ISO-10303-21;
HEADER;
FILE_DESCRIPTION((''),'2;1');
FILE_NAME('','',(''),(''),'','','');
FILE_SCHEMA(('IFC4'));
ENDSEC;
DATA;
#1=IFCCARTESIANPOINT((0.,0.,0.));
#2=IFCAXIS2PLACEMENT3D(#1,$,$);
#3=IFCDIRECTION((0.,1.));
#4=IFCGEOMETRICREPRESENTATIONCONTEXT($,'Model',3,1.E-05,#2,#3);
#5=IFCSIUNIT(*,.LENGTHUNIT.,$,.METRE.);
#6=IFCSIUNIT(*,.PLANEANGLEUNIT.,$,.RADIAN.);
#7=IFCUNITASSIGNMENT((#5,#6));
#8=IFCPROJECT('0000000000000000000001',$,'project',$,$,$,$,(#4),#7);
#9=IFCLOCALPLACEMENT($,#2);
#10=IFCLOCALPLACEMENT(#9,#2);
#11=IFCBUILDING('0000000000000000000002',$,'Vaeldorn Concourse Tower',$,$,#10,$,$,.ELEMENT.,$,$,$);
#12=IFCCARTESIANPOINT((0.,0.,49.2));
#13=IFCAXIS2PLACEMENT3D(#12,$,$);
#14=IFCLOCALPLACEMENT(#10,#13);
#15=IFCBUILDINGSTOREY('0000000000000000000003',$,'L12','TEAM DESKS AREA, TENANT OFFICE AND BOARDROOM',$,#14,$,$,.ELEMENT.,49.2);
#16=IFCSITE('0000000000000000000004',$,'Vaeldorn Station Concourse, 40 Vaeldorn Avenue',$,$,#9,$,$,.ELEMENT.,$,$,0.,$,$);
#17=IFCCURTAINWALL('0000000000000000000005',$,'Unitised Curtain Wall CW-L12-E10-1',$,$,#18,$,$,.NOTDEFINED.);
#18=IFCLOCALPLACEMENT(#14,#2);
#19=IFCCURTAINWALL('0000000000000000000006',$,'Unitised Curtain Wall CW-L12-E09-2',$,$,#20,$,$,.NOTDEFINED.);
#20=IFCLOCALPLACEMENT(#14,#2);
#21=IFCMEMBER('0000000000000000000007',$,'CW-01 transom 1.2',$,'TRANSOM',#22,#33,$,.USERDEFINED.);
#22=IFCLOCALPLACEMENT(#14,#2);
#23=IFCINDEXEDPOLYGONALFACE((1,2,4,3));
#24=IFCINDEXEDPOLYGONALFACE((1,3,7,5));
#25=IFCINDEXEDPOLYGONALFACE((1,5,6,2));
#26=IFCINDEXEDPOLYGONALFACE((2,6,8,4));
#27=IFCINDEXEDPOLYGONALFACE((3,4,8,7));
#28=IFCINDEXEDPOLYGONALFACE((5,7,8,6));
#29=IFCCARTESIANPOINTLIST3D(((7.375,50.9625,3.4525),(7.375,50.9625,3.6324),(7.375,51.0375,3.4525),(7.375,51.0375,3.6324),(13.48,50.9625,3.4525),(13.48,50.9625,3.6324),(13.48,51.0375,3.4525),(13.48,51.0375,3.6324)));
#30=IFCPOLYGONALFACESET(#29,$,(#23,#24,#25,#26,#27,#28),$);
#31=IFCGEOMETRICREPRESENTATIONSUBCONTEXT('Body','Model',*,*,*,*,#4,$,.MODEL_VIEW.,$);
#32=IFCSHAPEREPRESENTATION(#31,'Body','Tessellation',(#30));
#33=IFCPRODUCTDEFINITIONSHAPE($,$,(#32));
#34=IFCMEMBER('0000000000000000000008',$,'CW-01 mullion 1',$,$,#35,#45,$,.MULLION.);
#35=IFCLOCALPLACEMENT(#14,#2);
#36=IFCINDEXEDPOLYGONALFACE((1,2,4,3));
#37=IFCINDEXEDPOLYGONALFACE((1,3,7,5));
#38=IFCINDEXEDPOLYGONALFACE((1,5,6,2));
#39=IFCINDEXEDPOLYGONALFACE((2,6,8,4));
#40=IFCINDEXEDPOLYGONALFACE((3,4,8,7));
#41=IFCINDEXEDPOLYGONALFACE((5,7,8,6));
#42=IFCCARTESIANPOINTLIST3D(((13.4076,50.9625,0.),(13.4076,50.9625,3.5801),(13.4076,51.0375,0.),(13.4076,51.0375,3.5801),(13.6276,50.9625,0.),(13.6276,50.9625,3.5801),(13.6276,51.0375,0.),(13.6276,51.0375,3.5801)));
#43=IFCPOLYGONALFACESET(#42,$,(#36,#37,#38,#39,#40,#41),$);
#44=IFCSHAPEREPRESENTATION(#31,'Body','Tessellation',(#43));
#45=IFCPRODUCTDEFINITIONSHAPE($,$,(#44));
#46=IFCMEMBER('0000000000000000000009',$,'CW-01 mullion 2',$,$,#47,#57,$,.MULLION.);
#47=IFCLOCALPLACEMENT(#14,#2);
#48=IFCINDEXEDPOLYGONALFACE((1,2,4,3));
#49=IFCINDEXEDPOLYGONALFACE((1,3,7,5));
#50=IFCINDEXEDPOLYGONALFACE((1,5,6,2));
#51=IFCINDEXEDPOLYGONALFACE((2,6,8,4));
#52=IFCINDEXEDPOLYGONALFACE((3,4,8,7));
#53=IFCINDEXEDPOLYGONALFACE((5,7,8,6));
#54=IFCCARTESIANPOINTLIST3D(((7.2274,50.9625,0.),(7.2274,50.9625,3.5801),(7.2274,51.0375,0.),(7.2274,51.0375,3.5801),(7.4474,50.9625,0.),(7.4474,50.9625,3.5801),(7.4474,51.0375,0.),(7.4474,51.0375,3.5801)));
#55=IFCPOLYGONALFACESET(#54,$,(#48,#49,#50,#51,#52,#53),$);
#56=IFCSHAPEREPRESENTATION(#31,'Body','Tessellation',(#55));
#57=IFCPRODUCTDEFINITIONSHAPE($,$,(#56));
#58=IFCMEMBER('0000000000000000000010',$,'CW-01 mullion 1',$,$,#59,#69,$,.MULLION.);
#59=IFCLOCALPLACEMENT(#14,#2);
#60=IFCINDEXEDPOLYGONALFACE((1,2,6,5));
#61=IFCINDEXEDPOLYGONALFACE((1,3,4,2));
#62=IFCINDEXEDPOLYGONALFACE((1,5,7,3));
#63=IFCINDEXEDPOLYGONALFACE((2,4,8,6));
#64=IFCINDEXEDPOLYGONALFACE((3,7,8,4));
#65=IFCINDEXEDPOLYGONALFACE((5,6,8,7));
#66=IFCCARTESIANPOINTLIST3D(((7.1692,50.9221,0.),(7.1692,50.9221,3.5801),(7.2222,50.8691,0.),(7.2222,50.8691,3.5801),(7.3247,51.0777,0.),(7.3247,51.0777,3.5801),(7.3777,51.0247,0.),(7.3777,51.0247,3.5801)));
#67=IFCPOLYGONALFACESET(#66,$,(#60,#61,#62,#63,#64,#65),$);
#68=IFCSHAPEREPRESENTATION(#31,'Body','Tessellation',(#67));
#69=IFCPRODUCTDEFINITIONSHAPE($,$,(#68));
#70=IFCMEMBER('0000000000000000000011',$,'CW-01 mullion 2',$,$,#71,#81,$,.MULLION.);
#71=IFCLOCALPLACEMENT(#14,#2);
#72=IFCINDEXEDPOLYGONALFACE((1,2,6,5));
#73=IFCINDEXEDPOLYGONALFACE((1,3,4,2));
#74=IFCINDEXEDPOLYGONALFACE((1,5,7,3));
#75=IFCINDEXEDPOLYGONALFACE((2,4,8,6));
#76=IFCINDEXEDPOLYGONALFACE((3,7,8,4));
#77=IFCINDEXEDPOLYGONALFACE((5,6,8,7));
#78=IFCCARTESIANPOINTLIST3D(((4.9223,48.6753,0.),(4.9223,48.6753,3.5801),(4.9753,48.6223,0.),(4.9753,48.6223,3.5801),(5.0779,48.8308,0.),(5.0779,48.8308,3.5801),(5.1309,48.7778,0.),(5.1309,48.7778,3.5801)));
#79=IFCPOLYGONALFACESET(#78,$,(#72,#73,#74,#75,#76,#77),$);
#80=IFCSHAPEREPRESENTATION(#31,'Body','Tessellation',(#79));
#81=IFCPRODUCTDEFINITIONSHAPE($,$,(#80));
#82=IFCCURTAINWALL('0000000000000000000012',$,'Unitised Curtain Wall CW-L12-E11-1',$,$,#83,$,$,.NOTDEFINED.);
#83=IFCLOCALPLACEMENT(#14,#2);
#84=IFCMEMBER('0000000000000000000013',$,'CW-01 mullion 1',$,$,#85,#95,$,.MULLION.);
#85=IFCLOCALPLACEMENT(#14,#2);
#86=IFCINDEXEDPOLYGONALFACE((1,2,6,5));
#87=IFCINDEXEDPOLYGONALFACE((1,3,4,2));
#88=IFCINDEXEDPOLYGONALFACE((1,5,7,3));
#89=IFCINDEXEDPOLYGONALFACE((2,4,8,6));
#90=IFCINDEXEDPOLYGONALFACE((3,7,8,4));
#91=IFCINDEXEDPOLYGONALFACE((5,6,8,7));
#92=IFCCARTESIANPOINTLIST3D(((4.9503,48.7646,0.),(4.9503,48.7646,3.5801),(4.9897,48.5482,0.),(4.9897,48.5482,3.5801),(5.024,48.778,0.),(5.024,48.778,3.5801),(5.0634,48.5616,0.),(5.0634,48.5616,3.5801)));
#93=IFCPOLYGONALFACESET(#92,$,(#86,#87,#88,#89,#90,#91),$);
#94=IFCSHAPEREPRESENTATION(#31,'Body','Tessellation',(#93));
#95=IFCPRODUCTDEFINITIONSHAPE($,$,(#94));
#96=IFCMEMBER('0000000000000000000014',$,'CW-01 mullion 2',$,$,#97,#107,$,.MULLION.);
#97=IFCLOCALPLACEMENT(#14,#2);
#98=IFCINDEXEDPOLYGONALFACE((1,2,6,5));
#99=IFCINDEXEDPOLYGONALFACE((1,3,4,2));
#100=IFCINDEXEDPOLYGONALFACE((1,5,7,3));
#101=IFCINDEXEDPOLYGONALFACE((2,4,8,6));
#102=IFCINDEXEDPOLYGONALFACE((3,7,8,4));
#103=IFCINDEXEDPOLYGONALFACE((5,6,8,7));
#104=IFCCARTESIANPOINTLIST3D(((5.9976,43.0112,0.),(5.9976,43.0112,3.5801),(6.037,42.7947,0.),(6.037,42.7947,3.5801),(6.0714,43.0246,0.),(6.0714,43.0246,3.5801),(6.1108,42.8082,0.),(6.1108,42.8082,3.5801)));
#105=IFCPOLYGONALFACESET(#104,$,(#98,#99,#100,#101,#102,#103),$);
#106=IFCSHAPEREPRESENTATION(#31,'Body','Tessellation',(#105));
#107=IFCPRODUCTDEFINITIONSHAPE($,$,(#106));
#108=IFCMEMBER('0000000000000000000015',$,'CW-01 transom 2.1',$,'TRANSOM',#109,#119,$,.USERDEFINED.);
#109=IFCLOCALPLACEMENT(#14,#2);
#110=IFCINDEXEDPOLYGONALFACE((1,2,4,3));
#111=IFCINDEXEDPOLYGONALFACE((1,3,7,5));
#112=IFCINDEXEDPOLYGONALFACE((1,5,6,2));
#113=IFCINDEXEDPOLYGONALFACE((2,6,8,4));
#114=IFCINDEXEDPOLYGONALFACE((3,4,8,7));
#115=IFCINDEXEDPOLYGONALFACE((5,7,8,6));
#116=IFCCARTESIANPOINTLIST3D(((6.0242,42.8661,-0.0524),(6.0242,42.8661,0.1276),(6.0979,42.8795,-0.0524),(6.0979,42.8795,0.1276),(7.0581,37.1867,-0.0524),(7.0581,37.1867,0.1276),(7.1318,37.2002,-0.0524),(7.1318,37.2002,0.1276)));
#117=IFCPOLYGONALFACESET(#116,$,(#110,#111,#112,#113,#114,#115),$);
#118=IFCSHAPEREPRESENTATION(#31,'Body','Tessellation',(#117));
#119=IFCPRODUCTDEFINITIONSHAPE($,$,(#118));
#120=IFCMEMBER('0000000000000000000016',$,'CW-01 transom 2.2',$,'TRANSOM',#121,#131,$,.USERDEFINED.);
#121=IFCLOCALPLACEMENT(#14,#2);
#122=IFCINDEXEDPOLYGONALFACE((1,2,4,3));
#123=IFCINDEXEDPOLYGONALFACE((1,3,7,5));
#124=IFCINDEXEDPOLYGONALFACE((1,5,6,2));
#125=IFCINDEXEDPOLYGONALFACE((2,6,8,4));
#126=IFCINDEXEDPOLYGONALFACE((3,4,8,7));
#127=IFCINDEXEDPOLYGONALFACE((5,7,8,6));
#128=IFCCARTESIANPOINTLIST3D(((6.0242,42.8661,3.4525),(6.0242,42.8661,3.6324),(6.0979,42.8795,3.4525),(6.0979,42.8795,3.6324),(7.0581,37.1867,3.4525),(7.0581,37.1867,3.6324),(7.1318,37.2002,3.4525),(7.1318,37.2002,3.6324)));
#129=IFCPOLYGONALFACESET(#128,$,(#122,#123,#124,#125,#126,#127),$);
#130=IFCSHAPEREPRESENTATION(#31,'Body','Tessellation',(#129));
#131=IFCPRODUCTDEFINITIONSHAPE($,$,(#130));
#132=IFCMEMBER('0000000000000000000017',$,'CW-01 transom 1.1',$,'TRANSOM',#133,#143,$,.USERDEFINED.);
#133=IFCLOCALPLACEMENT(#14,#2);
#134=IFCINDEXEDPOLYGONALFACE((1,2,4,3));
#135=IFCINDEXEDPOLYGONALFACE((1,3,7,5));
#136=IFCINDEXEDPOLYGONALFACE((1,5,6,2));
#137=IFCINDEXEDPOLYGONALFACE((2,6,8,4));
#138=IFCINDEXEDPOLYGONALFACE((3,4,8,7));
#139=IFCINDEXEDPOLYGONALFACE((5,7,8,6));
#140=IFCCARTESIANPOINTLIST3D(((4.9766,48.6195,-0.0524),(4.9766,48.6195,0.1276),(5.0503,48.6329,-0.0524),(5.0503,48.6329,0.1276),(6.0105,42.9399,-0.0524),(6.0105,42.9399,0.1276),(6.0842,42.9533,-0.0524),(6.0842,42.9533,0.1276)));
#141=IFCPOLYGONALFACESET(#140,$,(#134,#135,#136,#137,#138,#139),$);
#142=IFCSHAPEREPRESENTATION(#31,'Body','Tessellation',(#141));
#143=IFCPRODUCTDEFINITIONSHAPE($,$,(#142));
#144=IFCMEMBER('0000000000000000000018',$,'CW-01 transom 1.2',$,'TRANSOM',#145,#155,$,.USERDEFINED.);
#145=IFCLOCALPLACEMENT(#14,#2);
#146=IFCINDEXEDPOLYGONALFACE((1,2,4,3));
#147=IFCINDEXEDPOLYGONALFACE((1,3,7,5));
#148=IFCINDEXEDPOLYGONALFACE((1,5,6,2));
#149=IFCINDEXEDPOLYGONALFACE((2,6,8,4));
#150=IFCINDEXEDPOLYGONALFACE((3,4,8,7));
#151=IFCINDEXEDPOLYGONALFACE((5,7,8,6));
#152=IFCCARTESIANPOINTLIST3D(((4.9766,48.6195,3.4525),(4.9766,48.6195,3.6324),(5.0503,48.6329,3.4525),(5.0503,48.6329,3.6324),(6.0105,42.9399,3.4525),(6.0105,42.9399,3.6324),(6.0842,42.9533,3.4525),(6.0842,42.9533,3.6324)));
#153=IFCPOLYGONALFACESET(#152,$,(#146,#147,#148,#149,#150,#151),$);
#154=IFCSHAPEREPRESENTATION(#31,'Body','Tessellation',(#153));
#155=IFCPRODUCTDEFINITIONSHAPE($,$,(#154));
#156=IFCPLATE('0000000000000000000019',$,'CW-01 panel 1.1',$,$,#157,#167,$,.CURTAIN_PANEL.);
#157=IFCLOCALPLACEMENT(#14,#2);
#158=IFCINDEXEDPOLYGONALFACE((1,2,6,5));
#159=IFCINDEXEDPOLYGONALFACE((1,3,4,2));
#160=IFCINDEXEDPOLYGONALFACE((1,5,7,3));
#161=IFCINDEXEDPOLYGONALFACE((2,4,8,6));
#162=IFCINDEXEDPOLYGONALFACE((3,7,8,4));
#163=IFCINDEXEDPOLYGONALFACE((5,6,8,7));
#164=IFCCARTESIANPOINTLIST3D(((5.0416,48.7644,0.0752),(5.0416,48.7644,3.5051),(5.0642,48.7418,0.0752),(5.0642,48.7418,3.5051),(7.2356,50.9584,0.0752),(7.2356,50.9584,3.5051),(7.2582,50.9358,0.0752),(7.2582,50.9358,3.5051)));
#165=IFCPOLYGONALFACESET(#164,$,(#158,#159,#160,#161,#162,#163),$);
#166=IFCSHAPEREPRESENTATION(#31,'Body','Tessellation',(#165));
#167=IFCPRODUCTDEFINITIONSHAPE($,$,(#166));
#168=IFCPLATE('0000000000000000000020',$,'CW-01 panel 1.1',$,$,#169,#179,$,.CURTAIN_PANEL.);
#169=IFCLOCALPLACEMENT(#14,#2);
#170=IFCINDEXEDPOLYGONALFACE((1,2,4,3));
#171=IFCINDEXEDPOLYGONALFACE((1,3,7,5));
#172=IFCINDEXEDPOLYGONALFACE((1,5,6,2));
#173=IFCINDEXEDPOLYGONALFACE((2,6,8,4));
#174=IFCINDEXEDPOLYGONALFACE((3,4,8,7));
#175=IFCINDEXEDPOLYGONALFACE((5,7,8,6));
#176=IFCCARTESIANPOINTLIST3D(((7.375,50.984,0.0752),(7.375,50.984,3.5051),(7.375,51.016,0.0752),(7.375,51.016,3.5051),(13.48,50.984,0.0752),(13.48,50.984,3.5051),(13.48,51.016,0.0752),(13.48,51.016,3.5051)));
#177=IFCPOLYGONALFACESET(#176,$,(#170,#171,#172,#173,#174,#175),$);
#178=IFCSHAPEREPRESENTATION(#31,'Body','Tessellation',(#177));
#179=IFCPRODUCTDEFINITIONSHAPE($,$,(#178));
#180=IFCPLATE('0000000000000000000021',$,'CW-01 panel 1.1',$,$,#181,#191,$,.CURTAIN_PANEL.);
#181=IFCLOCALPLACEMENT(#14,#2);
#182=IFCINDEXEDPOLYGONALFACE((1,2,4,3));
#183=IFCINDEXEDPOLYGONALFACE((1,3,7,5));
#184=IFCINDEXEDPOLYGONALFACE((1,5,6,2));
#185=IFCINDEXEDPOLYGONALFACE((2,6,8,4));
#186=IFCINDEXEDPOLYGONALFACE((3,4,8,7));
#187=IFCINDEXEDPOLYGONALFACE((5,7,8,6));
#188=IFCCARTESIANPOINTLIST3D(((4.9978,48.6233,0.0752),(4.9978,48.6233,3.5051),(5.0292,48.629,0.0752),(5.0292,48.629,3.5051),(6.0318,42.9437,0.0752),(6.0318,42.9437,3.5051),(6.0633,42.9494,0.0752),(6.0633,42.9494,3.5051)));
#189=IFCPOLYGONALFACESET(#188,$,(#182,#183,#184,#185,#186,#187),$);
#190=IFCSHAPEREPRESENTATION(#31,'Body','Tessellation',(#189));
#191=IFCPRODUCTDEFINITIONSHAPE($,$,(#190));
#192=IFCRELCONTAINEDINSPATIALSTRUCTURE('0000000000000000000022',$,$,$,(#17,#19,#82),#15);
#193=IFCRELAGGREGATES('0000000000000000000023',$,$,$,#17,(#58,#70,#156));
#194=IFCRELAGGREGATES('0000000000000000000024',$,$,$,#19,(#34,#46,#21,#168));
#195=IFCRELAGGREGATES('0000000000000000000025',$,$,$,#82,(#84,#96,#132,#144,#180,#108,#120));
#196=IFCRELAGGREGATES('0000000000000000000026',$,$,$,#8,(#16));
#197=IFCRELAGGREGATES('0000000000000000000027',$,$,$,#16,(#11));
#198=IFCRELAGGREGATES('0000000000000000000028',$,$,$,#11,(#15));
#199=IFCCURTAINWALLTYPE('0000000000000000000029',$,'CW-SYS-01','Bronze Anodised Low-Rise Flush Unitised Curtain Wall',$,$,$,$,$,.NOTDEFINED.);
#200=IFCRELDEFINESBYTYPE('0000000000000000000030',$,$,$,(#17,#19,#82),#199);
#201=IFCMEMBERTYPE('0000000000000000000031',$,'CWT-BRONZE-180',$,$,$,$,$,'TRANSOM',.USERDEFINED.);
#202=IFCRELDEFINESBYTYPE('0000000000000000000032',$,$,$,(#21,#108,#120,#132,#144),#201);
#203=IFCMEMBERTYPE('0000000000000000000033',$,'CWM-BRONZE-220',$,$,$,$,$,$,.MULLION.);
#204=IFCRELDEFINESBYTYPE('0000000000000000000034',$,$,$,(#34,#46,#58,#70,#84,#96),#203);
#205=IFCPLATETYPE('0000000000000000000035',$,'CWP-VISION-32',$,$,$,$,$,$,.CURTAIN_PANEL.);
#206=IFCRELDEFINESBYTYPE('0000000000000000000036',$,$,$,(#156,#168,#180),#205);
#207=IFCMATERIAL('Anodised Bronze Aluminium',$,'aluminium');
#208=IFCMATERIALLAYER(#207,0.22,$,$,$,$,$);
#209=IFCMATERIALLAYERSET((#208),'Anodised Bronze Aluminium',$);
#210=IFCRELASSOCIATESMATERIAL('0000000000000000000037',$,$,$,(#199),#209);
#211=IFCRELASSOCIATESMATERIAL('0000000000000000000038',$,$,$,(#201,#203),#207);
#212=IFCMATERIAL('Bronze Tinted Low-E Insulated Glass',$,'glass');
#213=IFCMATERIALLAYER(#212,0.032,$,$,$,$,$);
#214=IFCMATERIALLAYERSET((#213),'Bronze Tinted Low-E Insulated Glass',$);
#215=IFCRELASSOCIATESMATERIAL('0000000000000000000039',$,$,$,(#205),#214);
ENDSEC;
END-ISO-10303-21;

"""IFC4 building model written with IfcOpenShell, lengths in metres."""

from ifc_helpers import new_model, si_unit, direction, frame, origin, origin_2d, place, context, subcontext, project, spatial, rectangle, extrude, source, transform, mapped, material, layer, layer_set, material_profile, profile_set, type_object, element, aggregate, save


model = new_model("IFC4")

# Units and contexts
model_context = context("Model", 3, precision=1e-05, world=origin(), true_north=direction((0.0, 1.0)))
body_context = subcontext(model_context, "Body", "Model", "MODEL_VIEW")
ifc_project = project(units=[si_unit("LENGTHUNIT", "METRE"), si_unit("PLANEANGLEUNIT", "RADIAN")], contexts=[model_context])

# Site, building, storey
site_placement = place(None, origin())
site = spatial("IfcSite", under=ifc_project, at=site_placement, Name="Vaeldorn Station Concourse, 40 Vaeldorn Avenue", CompositionType="ELEMENT", RefElevation=0.0)
building_placement = place(site_placement, origin())
building = spatial("IfcBuilding", under=site, at=building_placement, Name="Vaeldorn Concourse Tower", CompositionType="ELEMENT")
storey_placement = place(building_placement, frame((0.0, 0.0, 49.2)))
storey = spatial("IfcBuildingStorey", under=building, at=storey_placement, Name="L12", Description="TEAM DESKS AREA, TENANT OFFICE AND BOARDROOM", CompositionType="ELEMENT", Elevation=49.2)

# Curtain walls, members
ifc_material_1 = material(Name="Anodised Bronze Aluminium", Category="aluminium")
ifc_layer_1 = layer(ifc_material_1, 0.22)
ifc_layer_set_1 = layer_set([ifc_layer_1], Name="Anodised Bronze Aluminium")
curtain_wall_type = type_object("IfcCurtainWallType", Name="CW-SYS-01", Description="Bronze Anodised Low-Rise Flush Unitised Curtain Wall", PredefinedType="NOTDEFINED", material=ifc_layer_set_1)
curtain_wall_1_placement = place(storey_placement, origin())
curtain_wall_1 = element("IfcCurtainWall", 1, at=curtain_wall_1_placement, inside=storey, type_object=curtain_wall_type, Name="Unitised Curtain Wall CW-L12-E10-1", PredefinedType="NOTDEFINED")
ifc_material_profile_1 = material_profile(ifc_material_1, rectangle(XDim=0.075, YDim=0.1799, at=origin_2d()), Name="CWT 75x180")
ifc_profile_set_1 = profile_set([ifc_material_profile_1], Name="Anodised Bronze Aluminium")
member_type_1 = type_object("IfcMemberType", Name="CWT-BRONZE-180", ElementType="TRANSOM", PredefinedType="USERDEFINED", material=ifc_profile_set_1)
curtain_wall_2_placement = place(storey_placement, origin())
curtain_wall_2 = element("IfcCurtainWall", 2, at=curtain_wall_2_placement, inside=storey, type_object=curtain_wall_type, Name="Unitised Curtain Wall CW-L12-E09-2", PredefinedType="NOTDEFINED")
shared_shape_1 = source(origin(), body_context, "Body", "SweptSolid", [
    extrude(rectangle(XDim=0.075, YDim=0.1799, at=origin_2d()), origin(), (0.0, 0.0, 1.0), 6.105),
])
member_1_placement = place(storey_placement, frame((13.48, 51.0, 3.5425), z_axis=(-1.0, 0.0, 0.0), x_axis=(0.0, -1.0, 0.0)))
member_1 = element("IfcMember", 3, at=member_1_placement, type_object=member_type_1, Name="CW-01 transom 1.2", ObjectType="TRANSOM", PredefinedType="USERDEFINED", context=body_context, shape_type="MappedRepresentation", body=[
    mapped(shared_shape_1, transform((0.0, 0.0, 0.0), scale=1.0)),
])
ifc_material_profile_2 = material_profile(ifc_material_1, rectangle(XDim=0.075, YDim=0.22, at=origin_2d()), Name="CWM 75x220")
ifc_profile_set_2 = profile_set([ifc_material_profile_2], Name="Anodised Bronze Aluminium")
member_type_2 = type_object("IfcMemberType", Name="CWM-BRONZE-220", PredefinedType="MULLION", material=ifc_profile_set_2)
shared_shape_2 = source(origin(), body_context, "Body", "SweptSolid", [
    extrude(rectangle(XDim=0.075, YDim=0.22, at=origin_2d()), origin(), (0.0, 0.0, 1.0), 3.5801),
])
member_2_placement = place(storey_placement, frame((13.5176, 51.0, 0.0), z_axis=(0.0, 0.0, 1.0), x_axis=(0.0, -1.0, 0.0)))
member_2 = element("IfcMember", 4, at=member_2_placement, type_object=member_type_2, Name="CW-01 mullion 1", PredefinedType="MULLION", context=body_context, shape_type="MappedRepresentation", body=[
    mapped(shared_shape_2, transform((0.0, 0.0, 0.0), scale=1.0)),
])
member_3_placement = place(storey_placement, frame((7.3374, 51.0, 0.0), z_axis=(0.0, 0.0, 1.0), x_axis=(0.0, -1.0, 0.0)))
member_3 = element("IfcMember", 5, at=member_3_placement, type_object=member_type_2, Name="CW-01 mullion 2", PredefinedType="MULLION", context=body_context, shape_type="MappedRepresentation", body=[
    mapped(shared_shape_2, transform((0.0, 0.0, 0.0), scale=1.0)),
])

# Members
member_4_placement = place(storey_placement, frame((7.2734, 50.9734, 0.0), z_axis=(0.0, 0.0, 1.0), x_axis=(0.707107, -0.707107, 0.0)))
member_4 = element("IfcMember", 6, at=member_4_placement, type_object=member_type_2, Name="CW-01 mullion 1", PredefinedType="MULLION", context=body_context, shape_type="MappedRepresentation", body=[
    mapped(shared_shape_2, transform((0.0, 0.0, 0.0), scale=1.0)),
])
member_5_placement = place(storey_placement, frame((5.0266, 48.7266, 0.0), z_axis=(0.0, 0.0, 1.0), x_axis=(0.707107, -0.707107, 0.0)))
member_5 = element("IfcMember", 7, at=member_5_placement, type_object=member_type_2, Name="CW-01 mullion 2", PredefinedType="MULLION", context=body_context, shape_type="MappedRepresentation", body=[
    mapped(shared_shape_2, transform((0.0, 0.0, 0.0), scale=1.0)),
])

# Curtain wall, members
curtain_wall_3_placement = place(storey_placement, origin())
curtain_wall_3 = element("IfcCurtainWall", 8, at=curtain_wall_3_placement, inside=storey, type_object=curtain_wall_type, Name="Unitised Curtain Wall CW-L12-E11-1", PredefinedType="NOTDEFINED")
member_6_placement = place(storey_placement, frame((5.0068, 48.6631, 0.0), z_axis=(0.0, 0.0, 1.0), x_axis=(0.983827, 0.17912, 0.0)))
member_6 = element("IfcMember", 9, at=member_6_placement, type_object=member_type_2, Name="CW-01 mullion 1", PredefinedType="MULLION", context=body_context, shape_type="MappedRepresentation", body=[
    mapped(shared_shape_2, transform((0.0, 0.0, 0.0), scale=1.0)),
])
member_7_placement = place(storey_placement, frame((6.0542, 42.9097, 0.0), z_axis=(0.0, 0.0, 1.0), x_axis=(0.983827, 0.17912, 0.0)))
member_7 = element("IfcMember", 10, at=member_7_placement, type_object=member_type_2, Name="CW-01 mullion 2", PredefinedType="MULLION", context=body_context, shape_type="MappedRepresentation", body=[
    mapped(shared_shape_2, transform((0.0, 0.0, 0.0), scale=1.0)),
])
shared_shape_3 = source(origin(), body_context, "Body", "SweptSolid", [
    extrude(rectangle(XDim=0.075, YDim=0.1799, at=origin_2d()), origin(), (0.0, 0.0, 1.0), 5.7727),
])
member_8_placement = place(storey_placement, frame((6.061, 42.8728, 0.0376), z_axis=(0.179105, -0.98383, 0.0), x_axis=(0.98383, 0.179105, 0.0)))
member_8 = element("IfcMember", 11, at=member_8_placement, type_object=member_type_1, Name="CW-01 transom 2.1", ObjectType="TRANSOM", PredefinedType="USERDEFINED", context=body_context, shape_type="MappedRepresentation", body=[
    mapped(shared_shape_3, transform((0.0, 0.0, 0.0), scale=1.0)),
])
member_9_placement = place(storey_placement, frame((6.061, 42.8728, 3.5425), z_axis=(0.179105, -0.98383, 0.0), x_axis=(0.98383, 0.179105, 0.0)))
member_9 = element("IfcMember", 12, at=member_9_placement, type_object=member_type_1, Name="CW-01 transom 2.2", ObjectType="TRANSOM", PredefinedType="USERDEFINED", context=body_context, shape_type="MappedRepresentation", body=[
    mapped(shared_shape_3, transform((0.0, 0.0, 0.0), scale=1.0)),
])
shared_shape_4 = source(origin(), body_context, "Body", "SweptSolid", [
    extrude(rectangle(XDim=0.075, YDim=0.1799, at=origin_2d()), origin(), (0.0, 0.0, 1.0), 5.7729),
])
member_10_placement = place(storey_placement, frame((5.0134, 48.6262, 0.0376), z_axis=(0.179098, -0.983831, 0.0), x_axis=(0.983831, 0.179098, 0.0)))
member_10 = element("IfcMember", 13, at=member_10_placement, type_object=member_type_1, Name="CW-01 transom 1.1", ObjectType="TRANSOM", PredefinedType="USERDEFINED", context=body_context, shape_type="MappedRepresentation", body=[
    mapped(shared_shape_4, transform((0.0, 0.0, 0.0), scale=1.0)),
])
member_11_placement = place(storey_placement, frame((5.0134, 48.6262, 3.5425), z_axis=(0.179098, -0.983831, 0.0), x_axis=(0.983831, 0.179098, 0.0)))
member_11 = element("IfcMember", 14, at=member_11_placement, type_object=member_type_1, Name="CW-01 transom 1.2", ObjectType="TRANSOM", PredefinedType="USERDEFINED", context=body_context, shape_type="MappedRepresentation", body=[
    mapped(shared_shape_4, transform((0.0, 0.0, 0.0), scale=1.0)),
])

# Plates
ifc_material_2 = material(Name="Bronze Tinted Low-E Insulated Glass", Category="glass")
ifc_layer_2 = layer(ifc_material_2, 0.032)
ifc_layer_set_2 = layer_set([ifc_layer_2], Name="Bronze Tinted Low-E Insulated Glass")
plate_type = type_object("IfcPlateType", Name="CWP-VISION-32", PredefinedType="CURTAIN_PANEL", material=ifc_layer_set_2)
shared_shape_5 = source(origin(), body_context, "Body", "SweptSolid", [
    extrude(rectangle(XDim=3.1028, YDim=0.032, at=origin_2d()), origin(), (0.0, 0.0, 1.0), 3.4299),
])
plate_1_placement = place(storey_placement, frame((6.1499, 49.8501, 0.0752), z_axis=(0.0, 0.0, 1.0), x_axis=(-0.707107, -0.707107, 0.0)))
plate_1 = element("IfcPlate", 15, at=plate_1_placement, type_object=plate_type, Name="CW-01 panel 1.1", PredefinedType="CURTAIN_PANEL", context=body_context, shape_type="MappedRepresentation", body=[
    mapped(shared_shape_5, transform((0.0, 0.0, 0.0), scale=1.0)),
])
aggregate(curtain_wall_1, [member_4, member_5, plate_1])
shared_shape_6 = source(origin(), body_context, "Body", "SweptSolid", [
    extrude(rectangle(XDim=6.105, YDim=0.032, at=origin_2d()), origin(), (0.0, 0.0, 1.0), 3.4299),
])
plate_2_placement = place(storey_placement, frame((10.4275, 51.0, 0.0752), z_axis=(0.0, 0.0, 1.0), x_axis=(-1.0, 0.0, 0.0)))
plate_2 = element("IfcPlate", 16, at=plate_2_placement, type_object=plate_type, Name="CW-01 panel 1.1", PredefinedType="CURTAIN_PANEL", context=body_context, shape_type="MappedRepresentation", body=[
    mapped(shared_shape_6, transform((0.0, 0.0, 0.0), scale=1.0)),
])
aggregate(curtain_wall_2, [member_2, member_3, member_1, plate_2])
shared_shape_7 = source(origin(), body_context, "Body", "SweptSolid", [
    extrude(rectangle(XDim=5.7729, YDim=0.032, at=origin_2d()), origin(), (0.0, 0.0, 1.0), 3.4299),
])
plate_3_placement = place(storey_placement, frame((5.5305, 45.7864, 0.0752), z_axis=(0.0, 0.0, 1.0), x_axis=(0.17912, -0.983827, 0.0)))
plate_3 = element("IfcPlate", 17, at=plate_3_placement, type_object=plate_type, Name="CW-01 panel 1.1", PredefinedType="CURTAIN_PANEL", context=body_context, shape_type="MappedRepresentation", body=[
    mapped(shared_shape_7, transform((0.0, 0.0, 0.0), scale=1.0)),
])
aggregate(curtain_wall_3, [member_6, member_7, member_10, member_11, plate_3, member_8, member_9])

save(model, "model.ifc")
